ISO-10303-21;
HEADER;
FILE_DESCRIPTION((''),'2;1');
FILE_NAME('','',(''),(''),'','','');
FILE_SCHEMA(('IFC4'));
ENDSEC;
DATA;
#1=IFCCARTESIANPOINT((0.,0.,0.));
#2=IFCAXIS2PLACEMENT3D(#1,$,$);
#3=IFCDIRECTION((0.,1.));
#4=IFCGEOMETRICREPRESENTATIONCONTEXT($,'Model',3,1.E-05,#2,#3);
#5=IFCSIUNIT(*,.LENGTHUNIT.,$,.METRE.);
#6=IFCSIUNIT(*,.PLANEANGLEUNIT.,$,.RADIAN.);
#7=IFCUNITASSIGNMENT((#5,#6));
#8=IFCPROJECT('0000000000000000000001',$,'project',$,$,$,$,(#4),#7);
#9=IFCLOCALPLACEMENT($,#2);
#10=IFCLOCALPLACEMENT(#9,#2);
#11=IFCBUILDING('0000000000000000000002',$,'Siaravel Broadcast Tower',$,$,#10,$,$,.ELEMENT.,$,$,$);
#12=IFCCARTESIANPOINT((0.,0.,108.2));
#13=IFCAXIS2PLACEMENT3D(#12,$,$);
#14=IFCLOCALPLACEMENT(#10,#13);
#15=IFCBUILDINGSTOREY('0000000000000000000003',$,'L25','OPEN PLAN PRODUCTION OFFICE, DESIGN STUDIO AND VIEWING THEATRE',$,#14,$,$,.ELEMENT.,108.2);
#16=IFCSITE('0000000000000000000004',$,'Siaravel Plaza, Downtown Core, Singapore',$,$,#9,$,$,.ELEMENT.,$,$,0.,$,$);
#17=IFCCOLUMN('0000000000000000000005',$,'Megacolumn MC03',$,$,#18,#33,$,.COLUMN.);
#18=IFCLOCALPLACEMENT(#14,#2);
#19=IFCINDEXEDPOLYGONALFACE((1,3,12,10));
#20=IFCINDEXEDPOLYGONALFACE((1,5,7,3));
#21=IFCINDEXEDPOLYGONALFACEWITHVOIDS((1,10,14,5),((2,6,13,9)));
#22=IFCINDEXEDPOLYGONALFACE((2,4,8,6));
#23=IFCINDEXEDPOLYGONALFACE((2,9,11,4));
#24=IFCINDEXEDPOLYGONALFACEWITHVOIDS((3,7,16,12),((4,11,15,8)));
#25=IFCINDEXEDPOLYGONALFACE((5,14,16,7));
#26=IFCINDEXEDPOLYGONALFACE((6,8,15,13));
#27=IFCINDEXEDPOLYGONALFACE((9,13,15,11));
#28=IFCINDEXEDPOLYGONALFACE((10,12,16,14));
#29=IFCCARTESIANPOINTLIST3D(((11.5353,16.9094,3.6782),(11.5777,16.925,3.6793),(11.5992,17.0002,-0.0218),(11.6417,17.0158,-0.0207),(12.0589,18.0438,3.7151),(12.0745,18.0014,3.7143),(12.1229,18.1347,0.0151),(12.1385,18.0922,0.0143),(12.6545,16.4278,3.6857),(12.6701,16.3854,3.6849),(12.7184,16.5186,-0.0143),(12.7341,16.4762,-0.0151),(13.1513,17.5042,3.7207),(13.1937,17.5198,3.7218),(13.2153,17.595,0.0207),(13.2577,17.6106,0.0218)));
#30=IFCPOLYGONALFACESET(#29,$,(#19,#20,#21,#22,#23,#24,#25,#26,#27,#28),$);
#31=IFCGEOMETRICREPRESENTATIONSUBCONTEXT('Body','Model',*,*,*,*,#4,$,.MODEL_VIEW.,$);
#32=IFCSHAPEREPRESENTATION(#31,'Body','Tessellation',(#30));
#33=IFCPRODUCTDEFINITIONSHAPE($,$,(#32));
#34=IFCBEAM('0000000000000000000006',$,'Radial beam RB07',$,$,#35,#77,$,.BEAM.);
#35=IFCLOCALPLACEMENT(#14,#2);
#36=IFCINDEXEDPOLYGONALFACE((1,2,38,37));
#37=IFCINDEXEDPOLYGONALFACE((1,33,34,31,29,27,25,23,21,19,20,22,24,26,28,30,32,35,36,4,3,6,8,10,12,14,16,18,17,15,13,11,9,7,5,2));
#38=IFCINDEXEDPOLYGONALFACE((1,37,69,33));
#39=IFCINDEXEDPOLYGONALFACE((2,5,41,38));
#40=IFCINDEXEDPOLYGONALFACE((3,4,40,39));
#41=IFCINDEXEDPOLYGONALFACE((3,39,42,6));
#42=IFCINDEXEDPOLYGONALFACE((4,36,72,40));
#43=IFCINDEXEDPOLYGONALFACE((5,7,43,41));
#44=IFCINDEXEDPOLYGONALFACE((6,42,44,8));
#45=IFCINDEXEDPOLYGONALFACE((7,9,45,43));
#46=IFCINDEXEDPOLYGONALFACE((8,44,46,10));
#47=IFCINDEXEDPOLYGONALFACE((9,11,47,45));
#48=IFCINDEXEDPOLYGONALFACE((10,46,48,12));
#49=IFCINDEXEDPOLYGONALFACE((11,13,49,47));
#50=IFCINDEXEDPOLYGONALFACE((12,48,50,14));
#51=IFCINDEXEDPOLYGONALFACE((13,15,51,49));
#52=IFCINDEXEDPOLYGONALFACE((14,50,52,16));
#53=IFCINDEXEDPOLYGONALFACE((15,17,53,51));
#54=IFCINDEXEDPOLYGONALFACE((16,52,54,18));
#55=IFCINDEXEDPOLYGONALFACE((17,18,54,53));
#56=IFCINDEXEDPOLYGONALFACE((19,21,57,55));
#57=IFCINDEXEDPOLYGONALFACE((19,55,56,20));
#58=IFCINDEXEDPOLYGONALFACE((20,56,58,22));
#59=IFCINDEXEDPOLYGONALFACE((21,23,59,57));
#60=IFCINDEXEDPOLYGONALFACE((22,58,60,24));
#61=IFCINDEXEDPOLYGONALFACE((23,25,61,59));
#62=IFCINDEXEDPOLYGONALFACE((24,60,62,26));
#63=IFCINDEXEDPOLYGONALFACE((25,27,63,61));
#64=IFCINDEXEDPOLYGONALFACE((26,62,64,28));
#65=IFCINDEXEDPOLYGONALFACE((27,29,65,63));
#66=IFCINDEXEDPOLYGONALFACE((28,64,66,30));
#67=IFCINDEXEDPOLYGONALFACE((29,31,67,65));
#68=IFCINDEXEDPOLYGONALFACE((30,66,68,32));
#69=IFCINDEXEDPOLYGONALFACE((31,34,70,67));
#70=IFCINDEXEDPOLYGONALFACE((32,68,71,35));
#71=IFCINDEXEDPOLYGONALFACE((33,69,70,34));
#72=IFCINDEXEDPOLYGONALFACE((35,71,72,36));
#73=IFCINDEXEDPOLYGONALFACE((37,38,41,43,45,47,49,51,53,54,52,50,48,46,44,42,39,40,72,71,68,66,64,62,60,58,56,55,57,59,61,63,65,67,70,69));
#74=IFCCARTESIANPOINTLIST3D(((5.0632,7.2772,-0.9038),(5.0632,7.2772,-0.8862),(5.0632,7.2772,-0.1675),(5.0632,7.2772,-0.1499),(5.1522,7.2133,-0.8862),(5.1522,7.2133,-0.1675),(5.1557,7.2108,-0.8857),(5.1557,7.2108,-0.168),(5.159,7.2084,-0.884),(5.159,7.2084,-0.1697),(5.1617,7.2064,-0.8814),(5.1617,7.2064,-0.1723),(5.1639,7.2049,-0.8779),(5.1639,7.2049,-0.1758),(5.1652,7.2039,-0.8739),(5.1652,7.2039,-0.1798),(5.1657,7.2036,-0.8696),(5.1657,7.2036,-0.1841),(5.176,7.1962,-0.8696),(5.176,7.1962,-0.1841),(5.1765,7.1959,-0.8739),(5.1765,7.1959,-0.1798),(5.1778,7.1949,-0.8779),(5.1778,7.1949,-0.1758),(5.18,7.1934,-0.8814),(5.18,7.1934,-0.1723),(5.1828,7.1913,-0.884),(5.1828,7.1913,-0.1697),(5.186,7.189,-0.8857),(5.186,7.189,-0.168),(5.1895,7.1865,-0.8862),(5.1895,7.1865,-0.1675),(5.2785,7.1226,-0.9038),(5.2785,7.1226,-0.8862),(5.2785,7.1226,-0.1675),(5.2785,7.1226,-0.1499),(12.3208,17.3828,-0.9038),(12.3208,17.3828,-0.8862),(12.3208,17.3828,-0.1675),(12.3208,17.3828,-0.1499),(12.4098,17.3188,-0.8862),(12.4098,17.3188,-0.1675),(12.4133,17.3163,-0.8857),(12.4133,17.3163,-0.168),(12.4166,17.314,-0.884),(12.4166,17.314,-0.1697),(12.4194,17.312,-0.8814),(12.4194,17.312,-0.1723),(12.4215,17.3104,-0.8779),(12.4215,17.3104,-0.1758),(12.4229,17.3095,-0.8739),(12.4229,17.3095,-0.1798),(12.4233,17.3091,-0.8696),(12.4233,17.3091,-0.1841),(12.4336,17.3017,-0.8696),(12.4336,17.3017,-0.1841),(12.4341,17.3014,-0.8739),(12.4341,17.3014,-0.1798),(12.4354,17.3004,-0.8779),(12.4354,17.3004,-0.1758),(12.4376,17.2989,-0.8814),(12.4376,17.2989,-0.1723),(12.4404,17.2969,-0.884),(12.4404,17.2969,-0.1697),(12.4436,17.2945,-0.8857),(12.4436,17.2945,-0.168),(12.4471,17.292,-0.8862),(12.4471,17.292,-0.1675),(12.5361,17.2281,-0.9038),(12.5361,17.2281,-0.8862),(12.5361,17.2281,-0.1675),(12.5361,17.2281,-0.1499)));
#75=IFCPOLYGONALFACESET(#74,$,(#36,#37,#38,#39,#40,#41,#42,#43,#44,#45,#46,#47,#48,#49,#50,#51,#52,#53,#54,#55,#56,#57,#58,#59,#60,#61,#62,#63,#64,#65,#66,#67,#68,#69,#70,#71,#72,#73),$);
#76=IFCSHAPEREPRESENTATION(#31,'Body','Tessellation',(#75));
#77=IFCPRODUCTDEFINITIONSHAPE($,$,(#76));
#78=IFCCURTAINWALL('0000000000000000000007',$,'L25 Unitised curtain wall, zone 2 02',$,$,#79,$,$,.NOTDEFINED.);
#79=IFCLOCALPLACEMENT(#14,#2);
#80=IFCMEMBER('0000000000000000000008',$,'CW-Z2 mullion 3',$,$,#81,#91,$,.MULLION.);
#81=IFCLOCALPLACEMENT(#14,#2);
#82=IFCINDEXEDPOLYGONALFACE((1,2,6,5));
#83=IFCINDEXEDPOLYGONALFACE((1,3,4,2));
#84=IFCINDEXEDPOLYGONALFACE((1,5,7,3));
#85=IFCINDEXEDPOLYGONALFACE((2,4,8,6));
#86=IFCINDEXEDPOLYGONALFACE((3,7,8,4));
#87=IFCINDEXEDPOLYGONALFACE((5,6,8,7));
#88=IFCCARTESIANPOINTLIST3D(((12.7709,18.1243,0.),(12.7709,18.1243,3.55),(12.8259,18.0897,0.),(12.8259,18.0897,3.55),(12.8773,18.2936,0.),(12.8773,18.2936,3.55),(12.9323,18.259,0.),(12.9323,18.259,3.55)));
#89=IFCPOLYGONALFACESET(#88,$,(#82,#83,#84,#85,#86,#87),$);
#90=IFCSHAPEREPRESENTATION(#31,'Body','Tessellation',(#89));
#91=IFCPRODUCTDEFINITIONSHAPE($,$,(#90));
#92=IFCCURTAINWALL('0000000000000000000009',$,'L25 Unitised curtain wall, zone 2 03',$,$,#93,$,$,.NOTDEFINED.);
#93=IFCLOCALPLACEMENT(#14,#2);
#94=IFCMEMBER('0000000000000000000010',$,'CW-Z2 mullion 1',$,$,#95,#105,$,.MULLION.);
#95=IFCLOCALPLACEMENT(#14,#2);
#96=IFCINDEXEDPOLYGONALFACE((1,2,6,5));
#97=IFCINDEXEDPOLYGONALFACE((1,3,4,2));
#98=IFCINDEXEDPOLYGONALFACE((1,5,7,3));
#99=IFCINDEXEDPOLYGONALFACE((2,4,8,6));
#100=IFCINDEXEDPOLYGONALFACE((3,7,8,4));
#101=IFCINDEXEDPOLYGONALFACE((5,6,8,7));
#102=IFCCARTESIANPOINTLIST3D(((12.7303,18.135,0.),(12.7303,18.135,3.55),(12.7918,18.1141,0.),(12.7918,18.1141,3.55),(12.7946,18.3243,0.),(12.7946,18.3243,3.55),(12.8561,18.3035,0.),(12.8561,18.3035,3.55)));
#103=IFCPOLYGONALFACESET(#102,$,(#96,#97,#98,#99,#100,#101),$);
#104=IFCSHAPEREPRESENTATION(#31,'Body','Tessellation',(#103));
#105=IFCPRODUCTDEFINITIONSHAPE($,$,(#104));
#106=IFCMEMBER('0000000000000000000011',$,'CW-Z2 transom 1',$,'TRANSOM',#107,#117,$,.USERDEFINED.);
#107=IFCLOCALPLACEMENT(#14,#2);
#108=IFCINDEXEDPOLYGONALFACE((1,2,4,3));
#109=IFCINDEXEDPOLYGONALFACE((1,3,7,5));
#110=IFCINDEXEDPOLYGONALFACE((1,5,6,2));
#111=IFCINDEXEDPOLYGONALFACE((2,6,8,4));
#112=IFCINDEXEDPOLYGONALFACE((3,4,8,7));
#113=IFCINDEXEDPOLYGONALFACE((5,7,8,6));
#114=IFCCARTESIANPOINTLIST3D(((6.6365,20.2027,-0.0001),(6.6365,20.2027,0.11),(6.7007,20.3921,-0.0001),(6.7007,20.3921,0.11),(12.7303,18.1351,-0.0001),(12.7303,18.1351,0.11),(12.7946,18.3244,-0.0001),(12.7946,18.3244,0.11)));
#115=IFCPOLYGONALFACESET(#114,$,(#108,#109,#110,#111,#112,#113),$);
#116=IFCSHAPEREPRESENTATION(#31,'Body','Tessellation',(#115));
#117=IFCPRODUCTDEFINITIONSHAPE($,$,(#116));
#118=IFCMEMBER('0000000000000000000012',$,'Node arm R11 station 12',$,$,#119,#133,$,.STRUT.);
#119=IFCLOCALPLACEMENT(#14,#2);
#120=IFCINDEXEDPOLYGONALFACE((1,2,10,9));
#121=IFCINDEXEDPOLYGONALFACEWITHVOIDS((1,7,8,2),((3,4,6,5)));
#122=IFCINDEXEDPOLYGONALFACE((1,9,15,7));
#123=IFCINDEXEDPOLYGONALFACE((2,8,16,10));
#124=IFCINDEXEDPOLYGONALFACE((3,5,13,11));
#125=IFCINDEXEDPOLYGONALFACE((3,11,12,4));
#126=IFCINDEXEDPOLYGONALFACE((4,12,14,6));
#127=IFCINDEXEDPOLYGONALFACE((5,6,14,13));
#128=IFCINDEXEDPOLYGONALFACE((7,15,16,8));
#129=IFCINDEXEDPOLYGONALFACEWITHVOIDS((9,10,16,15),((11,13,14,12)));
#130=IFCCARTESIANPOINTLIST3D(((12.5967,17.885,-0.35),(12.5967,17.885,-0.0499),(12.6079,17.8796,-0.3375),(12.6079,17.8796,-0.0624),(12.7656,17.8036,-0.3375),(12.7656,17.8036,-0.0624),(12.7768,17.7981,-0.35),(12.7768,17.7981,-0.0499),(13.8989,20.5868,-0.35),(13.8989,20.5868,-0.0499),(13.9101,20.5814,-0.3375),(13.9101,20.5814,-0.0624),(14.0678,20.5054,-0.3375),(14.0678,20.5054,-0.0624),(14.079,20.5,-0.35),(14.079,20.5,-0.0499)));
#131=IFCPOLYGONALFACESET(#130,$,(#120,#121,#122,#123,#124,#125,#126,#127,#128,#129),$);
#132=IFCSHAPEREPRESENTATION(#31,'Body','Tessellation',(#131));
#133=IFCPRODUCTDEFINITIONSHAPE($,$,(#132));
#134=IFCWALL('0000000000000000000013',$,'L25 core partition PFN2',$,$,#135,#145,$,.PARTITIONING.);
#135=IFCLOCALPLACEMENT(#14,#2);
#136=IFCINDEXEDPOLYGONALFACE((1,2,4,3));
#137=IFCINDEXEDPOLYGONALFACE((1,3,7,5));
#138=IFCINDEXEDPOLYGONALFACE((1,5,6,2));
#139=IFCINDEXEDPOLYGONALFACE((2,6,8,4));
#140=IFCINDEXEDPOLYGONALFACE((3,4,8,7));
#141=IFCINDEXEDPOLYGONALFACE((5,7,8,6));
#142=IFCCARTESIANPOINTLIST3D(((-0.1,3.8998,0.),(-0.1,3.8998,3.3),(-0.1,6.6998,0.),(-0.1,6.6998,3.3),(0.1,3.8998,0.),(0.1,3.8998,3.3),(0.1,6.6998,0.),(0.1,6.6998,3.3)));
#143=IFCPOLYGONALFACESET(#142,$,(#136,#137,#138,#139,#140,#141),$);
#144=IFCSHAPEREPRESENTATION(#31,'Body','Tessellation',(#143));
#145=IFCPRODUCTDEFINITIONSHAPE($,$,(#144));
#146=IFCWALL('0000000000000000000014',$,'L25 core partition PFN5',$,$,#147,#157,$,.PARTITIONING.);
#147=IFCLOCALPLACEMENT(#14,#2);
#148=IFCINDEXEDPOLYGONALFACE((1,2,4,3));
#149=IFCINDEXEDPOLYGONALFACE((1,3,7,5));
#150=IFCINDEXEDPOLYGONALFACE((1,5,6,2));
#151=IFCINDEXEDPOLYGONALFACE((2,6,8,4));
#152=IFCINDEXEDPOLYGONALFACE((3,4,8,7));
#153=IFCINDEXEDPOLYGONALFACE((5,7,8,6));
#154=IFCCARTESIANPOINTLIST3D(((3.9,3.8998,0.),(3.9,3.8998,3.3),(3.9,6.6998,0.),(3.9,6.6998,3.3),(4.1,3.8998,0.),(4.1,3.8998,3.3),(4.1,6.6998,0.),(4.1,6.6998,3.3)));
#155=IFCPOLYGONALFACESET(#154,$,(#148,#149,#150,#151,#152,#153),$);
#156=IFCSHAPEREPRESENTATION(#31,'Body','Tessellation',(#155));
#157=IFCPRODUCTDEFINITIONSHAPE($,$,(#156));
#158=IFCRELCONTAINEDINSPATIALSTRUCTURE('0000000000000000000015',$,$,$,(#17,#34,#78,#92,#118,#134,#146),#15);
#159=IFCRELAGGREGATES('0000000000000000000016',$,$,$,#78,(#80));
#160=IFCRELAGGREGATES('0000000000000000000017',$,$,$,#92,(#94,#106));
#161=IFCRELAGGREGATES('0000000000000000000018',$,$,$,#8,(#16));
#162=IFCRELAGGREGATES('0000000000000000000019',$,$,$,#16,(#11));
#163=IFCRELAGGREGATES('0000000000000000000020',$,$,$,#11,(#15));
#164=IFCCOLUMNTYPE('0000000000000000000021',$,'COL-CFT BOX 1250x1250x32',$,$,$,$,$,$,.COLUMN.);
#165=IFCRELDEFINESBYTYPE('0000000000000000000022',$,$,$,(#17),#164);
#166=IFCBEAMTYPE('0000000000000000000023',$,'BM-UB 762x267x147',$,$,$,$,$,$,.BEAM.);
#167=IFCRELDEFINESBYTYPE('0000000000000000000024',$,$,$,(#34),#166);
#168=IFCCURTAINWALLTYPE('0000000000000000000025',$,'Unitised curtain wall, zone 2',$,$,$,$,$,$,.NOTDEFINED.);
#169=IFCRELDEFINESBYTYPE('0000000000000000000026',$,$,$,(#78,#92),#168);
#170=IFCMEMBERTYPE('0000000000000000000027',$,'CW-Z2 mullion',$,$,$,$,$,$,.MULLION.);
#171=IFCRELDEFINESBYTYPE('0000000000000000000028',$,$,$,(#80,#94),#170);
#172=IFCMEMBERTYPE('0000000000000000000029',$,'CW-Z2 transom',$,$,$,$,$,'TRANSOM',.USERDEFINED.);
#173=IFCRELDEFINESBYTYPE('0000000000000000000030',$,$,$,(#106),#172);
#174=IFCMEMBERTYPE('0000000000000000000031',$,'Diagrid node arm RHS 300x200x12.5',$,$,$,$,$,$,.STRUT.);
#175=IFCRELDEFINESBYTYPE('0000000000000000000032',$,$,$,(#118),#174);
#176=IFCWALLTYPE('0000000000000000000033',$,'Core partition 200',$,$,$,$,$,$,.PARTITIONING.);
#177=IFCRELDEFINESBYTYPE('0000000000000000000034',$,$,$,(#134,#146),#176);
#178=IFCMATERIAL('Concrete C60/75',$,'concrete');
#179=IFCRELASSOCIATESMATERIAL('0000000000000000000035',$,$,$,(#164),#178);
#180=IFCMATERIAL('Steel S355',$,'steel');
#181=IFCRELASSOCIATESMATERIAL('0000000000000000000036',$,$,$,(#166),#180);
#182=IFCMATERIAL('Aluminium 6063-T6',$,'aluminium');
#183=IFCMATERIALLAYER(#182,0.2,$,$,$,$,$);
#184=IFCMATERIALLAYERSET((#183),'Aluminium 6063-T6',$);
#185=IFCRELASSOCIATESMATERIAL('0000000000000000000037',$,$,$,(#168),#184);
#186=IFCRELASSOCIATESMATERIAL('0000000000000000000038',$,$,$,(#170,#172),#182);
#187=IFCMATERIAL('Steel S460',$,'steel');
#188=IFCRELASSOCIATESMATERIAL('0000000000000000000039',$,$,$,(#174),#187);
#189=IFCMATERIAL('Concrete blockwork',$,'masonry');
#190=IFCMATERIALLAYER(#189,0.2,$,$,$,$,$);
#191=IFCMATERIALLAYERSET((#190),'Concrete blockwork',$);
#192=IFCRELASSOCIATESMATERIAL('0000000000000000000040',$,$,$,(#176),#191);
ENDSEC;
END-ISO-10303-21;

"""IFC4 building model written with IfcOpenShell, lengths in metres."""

from ifc_helpers import new_model, si_unit, direction, frame, frame_2d, origin, origin_2d, place, context, subcontext, project, spatial, rectangle, hollow_rectangle, i_section, extrude, material, layer, layer_set, material_profile, profile_set, type_object, element, aggregate, save


model = new_model("IFC4")

# Units and contexts
model_context = context("Model", 3, precision=1e-05, world=origin(), true_north=direction((0.0, 1.0)))
body_context = subcontext(model_context, "Body", "Model", "MODEL_VIEW")
ifc_project = project(units=[si_unit("LENGTHUNIT", "METRE"), si_unit("PLANEANGLEUNIT", "RADIAN")], contexts=[model_context])

# Site, building, storey
site_placement = place(None, origin())
site = spatial("IfcSite", under=ifc_project, at=site_placement, Name="Siaravel Plaza, Downtown Core, Singapore", CompositionType="ELEMENT", RefElevation=0.0)
building_placement = place(site_placement, origin())
building = spatial("IfcBuilding", under=site, at=building_placement, Name="Siaravel Broadcast Tower", CompositionType="ELEMENT")
storey_placement = place(building_placement, frame((0.0, 0.0, 108.2)))
storey = spatial("IfcBuildingStorey", under=building, at=storey_placement, Name="L25", Description="OPEN PLAN PRODUCTION OFFICE, DESIGN STUDIO AND VIEWING THEATRE", CompositionType="ELEMENT", Elevation=108.2)

# Column
ifc_material_1 = material(Name="Concrete C60/75", Category="concrete")
ifc_material_profile_1 = material_profile(ifc_material_1, hollow_rectangle(XDim=1.25, YDim=1.25, WallThickness=0.032, at=origin_2d()))
ifc_profile_set_1 = profile_set([ifc_material_profile_1], Name="Concrete C60/75")
column_type = type_object("IfcColumnType", Name="COL-CFT BOX 1250x1250x32", PredefinedType="COLUMN", material=ifc_profile_set_1)
column_placement = place(storey_placement, frame((12.4285, 17.3054, 0.0), z_axis=(-0.01728, -0.024535, 0.99955), x_axis=(0.907862, -0.419234, 0.005404)))
element("IfcColumn", 1, at=column_placement, inside=storey, type_object=column_type, Name="Megacolumn MC03", PredefinedType="COLUMN", context=body_context, shape_type="SweptSolid", body=[
    extrude(hollow_rectangle(XDim=1.25, YDim=1.25, WallThickness=0.032, at=origin_2d()), origin(), (0.0, 0.0, 1.0), 3.7017),
])

# Beam
ifc_material_2 = material(Name="Steel S355", Category="steel")
ifc_material_profile_2 = material_profile(ifc_material_2, i_section(OverallWidth=0.2651, OverallDepth=0.7539, WebThickness=0.0127, FlangeThickness=0.0176, FilletRadius=0.0166, at=origin_2d()))
ifc_profile_set_2 = profile_set([ifc_material_profile_2], Name="Steel S355")
beam_type = type_object("IfcBeamType", Name="BM-UB 762x267x147", PredefinedType="BEAM", material=ifc_profile_set_2)
beam_placement = place(storey_placement, frame((12.4285, 17.3054, -0.5269), z_axis=(-0.583332, -0.812234, 0.0), x_axis=(0.812234, -0.583332, 0.0)))
element("IfcBeam", 2, at=beam_placement, inside=storey, type_object=beam_type, Name="Radial beam RB07", PredefinedType="BEAM", context=body_context, shape_type="SweptSolid", body=[
    extrude(i_section(OverallWidth=0.2651, OverallDepth=0.7539, WebThickness=0.0127, FlangeThickness=0.0176, FilletRadius=0.0166, at=origin_2d()), origin(), (0.0, 0.0, 1.0), 12.4417),
])

# Curtain wall, member
ifc_material_3 = material(Name="Aluminium 6063-T6", Category="aluminium")
ifc_layer_1 = layer(ifc_material_3, 0.2)
ifc_layer_set_1 = layer_set([ifc_layer_1], Name="Aluminium 6063-T6")
curtain_wall_type = type_object("IfcCurtainWallType", Name="Unitised curtain wall, zone 2", PredefinedType="NOTDEFINED", material=ifc_layer_set_1)
curtain_wall_1_placement = place(storey_placement, origin())
curtain_wall_1 = element("IfcCurtainWall", 3, at=curtain_wall_1_placement, inside=storey, type_object=curtain_wall_type, Name="L25 Unitised curtain wall, zone 2 02", PredefinedType="NOTDEFINED")
ifc_material_profile_3 = material_profile(ifc_material_3, rectangle(XDim=0.2, YDim=0.0649, at=origin_2d()))
ifc_profile_set_3 = profile_set([ifc_material_profile_3], Name="Aluminium 6063-T6")
member_type_1 = type_object("IfcMemberType", Name="CW-Z2 mullion", PredefinedType="MULLION", material=ifc_profile_set_3)
member_1_placement = place(storey_placement, frame((12.8516, 18.1917, 0.0), z_axis=(0.0, 0.0, 1.0), x_axis=(-0.532149, -0.846651, 0.0)))
member_1 = element("IfcMember", 4, at=member_1_placement, type_object=member_type_1, Name="CW-Z2 mullion 3", PredefinedType="MULLION", context=body_context, shape_type="SweptSolid", body=[
    extrude(rectangle(XDim=0.2, YDim=0.0649, at=origin_2d()), origin(), (0.0, 0.0, 1.0), 3.55),
])
aggregate(curtain_wall_1, [member_1])

# Curtain wall, members
curtain_wall_2_placement = place(storey_placement, origin())
curtain_wall_2 = element("IfcCurtainWall", 5, at=curtain_wall_2_placement, inside=storey, type_object=curtain_wall_type, Name="L25 Unitised curtain wall, zone 2 03", PredefinedType="NOTDEFINED")
member_2_placement = place(storey_placement, frame((12.7932, 18.2192, 0.0), z_axis=(0.0, 0.0, 1.0), x_axis=(-0.321301, -0.946977, 0.0)))
member_2 = element("IfcMember", 6, at=member_2_placement, type_object=member_type_1, Name="CW-Z2 mullion 1", PredefinedType="MULLION", context=body_context, shape_type="SweptSolid", body=[
    extrude(rectangle(XDim=0.2, YDim=0.0649, at=origin_2d()), origin(), (0.0, 0.0, 1.0), 3.55),
])
ifc_material_profile_4 = material_profile(ifc_material_3, rectangle(XDim=0.2, YDim=0.1101, at=origin_2d()))
ifc_profile_set_4 = profile_set([ifc_material_profile_4], Name="Aluminium 6063-T6")
member_type_2 = type_object("IfcMemberType", Name="CW-Z2 transom", ElementType="TRANSOM", PredefinedType="USERDEFINED", material=ifc_profile_set_4)
member_3_placement = place(storey_placement, frame((12.7625, 18.2297, 0.0549), z_axis=(-0.946974, 0.321311, 0.0), x_axis=(-0.321311, -0.946974, 0.0)))
member_3 = element("IfcMember", 7, at=member_3_placement, type_object=member_type_2, Name="CW-Z2 transom 1", ObjectType="TRANSOM", PredefinedType="USERDEFINED", context=body_context, shape_type="SweptSolid", body=[
    extrude(rectangle(XDim=0.2, YDim=0.1101, at=origin_2d()), origin(), (0.0, 0.0, 1.0), 6.4351),
])
aggregate(curtain_wall_2, [member_2, member_3])

# Member
ifc_material_4 = material(Name="Steel S460", Category="steel")
ifc_material_profile_5 = material_profile(ifc_material_4, hollow_rectangle(XDim=0.2, YDim=0.3, WallThickness=0.0125, at=origin_2d()))
ifc_profile_set_5 = profile_set([ifc_material_profile_5], Name="Steel S460")
member_type_3 = type_object("IfcMemberType", Name="Diagrid node arm RHS 300x200x12.5", PredefinedType="STRUT", material=ifc_profile_set_5)
member_4_placement = place(storey_placement, frame((12.6868, 17.8416, -0.2), z_axis=(0.434175, 0.900828, 0.0), x_axis=(-0.900828, 0.434175, 0.0)))
element("IfcMember", 8, at=member_4_placement, inside=storey, type_object=member_type_3, Name="Node arm R11 station 12", PredefinedType="STRUT", context=body_context, shape_type="SweptSolid", body=[
    extrude(hollow_rectangle(XDim=0.2, YDim=0.3, WallThickness=0.0125, at=origin_2d()), origin(), (0.0, 0.0, 1.0), 2.9993),
])

# Walls
ifc_material_5 = material(Name="Concrete blockwork", Category="masonry")
ifc_layer_2 = layer(ifc_material_5, 0.2)
ifc_layer_set_2 = layer_set([ifc_layer_2], Name="Concrete blockwork")
wall_type_1 = type_object("IfcWallType", Name="Core partition 200", PredefinedType="PARTITIONING", material=ifc_layer_set_2)
for number, where, z_axis, x_axis, name in (
    (9, (0.0, 3.8999, 0.0), (0.0, 0.0, 1.0), (0.0, 1.0, 0.0), "L25 core partition PFN2"),
    (10, (4.0, 3.8999, 0.0), (0.0, 0.0, 1.0), (0.0, 1.0, 0.0), "L25 core partition PFN5"),
):
    element("IfcWall", number, at=place(storey_placement, frame(where, z_axis=z_axis, x_axis=x_axis)), inside=storey, type_object=wall_type_1, Name=name, PredefinedType="PARTITIONING", context=body_context, shape_type="SweptSolid", body=[
        extrude(rectangle(XDim=2.8, YDim=0.2, at=frame_2d((1.3999, 0.0))), origin(), (0.0, 0.0, 1.0), 3.3),
    ])

save(model, "model.ifc")
